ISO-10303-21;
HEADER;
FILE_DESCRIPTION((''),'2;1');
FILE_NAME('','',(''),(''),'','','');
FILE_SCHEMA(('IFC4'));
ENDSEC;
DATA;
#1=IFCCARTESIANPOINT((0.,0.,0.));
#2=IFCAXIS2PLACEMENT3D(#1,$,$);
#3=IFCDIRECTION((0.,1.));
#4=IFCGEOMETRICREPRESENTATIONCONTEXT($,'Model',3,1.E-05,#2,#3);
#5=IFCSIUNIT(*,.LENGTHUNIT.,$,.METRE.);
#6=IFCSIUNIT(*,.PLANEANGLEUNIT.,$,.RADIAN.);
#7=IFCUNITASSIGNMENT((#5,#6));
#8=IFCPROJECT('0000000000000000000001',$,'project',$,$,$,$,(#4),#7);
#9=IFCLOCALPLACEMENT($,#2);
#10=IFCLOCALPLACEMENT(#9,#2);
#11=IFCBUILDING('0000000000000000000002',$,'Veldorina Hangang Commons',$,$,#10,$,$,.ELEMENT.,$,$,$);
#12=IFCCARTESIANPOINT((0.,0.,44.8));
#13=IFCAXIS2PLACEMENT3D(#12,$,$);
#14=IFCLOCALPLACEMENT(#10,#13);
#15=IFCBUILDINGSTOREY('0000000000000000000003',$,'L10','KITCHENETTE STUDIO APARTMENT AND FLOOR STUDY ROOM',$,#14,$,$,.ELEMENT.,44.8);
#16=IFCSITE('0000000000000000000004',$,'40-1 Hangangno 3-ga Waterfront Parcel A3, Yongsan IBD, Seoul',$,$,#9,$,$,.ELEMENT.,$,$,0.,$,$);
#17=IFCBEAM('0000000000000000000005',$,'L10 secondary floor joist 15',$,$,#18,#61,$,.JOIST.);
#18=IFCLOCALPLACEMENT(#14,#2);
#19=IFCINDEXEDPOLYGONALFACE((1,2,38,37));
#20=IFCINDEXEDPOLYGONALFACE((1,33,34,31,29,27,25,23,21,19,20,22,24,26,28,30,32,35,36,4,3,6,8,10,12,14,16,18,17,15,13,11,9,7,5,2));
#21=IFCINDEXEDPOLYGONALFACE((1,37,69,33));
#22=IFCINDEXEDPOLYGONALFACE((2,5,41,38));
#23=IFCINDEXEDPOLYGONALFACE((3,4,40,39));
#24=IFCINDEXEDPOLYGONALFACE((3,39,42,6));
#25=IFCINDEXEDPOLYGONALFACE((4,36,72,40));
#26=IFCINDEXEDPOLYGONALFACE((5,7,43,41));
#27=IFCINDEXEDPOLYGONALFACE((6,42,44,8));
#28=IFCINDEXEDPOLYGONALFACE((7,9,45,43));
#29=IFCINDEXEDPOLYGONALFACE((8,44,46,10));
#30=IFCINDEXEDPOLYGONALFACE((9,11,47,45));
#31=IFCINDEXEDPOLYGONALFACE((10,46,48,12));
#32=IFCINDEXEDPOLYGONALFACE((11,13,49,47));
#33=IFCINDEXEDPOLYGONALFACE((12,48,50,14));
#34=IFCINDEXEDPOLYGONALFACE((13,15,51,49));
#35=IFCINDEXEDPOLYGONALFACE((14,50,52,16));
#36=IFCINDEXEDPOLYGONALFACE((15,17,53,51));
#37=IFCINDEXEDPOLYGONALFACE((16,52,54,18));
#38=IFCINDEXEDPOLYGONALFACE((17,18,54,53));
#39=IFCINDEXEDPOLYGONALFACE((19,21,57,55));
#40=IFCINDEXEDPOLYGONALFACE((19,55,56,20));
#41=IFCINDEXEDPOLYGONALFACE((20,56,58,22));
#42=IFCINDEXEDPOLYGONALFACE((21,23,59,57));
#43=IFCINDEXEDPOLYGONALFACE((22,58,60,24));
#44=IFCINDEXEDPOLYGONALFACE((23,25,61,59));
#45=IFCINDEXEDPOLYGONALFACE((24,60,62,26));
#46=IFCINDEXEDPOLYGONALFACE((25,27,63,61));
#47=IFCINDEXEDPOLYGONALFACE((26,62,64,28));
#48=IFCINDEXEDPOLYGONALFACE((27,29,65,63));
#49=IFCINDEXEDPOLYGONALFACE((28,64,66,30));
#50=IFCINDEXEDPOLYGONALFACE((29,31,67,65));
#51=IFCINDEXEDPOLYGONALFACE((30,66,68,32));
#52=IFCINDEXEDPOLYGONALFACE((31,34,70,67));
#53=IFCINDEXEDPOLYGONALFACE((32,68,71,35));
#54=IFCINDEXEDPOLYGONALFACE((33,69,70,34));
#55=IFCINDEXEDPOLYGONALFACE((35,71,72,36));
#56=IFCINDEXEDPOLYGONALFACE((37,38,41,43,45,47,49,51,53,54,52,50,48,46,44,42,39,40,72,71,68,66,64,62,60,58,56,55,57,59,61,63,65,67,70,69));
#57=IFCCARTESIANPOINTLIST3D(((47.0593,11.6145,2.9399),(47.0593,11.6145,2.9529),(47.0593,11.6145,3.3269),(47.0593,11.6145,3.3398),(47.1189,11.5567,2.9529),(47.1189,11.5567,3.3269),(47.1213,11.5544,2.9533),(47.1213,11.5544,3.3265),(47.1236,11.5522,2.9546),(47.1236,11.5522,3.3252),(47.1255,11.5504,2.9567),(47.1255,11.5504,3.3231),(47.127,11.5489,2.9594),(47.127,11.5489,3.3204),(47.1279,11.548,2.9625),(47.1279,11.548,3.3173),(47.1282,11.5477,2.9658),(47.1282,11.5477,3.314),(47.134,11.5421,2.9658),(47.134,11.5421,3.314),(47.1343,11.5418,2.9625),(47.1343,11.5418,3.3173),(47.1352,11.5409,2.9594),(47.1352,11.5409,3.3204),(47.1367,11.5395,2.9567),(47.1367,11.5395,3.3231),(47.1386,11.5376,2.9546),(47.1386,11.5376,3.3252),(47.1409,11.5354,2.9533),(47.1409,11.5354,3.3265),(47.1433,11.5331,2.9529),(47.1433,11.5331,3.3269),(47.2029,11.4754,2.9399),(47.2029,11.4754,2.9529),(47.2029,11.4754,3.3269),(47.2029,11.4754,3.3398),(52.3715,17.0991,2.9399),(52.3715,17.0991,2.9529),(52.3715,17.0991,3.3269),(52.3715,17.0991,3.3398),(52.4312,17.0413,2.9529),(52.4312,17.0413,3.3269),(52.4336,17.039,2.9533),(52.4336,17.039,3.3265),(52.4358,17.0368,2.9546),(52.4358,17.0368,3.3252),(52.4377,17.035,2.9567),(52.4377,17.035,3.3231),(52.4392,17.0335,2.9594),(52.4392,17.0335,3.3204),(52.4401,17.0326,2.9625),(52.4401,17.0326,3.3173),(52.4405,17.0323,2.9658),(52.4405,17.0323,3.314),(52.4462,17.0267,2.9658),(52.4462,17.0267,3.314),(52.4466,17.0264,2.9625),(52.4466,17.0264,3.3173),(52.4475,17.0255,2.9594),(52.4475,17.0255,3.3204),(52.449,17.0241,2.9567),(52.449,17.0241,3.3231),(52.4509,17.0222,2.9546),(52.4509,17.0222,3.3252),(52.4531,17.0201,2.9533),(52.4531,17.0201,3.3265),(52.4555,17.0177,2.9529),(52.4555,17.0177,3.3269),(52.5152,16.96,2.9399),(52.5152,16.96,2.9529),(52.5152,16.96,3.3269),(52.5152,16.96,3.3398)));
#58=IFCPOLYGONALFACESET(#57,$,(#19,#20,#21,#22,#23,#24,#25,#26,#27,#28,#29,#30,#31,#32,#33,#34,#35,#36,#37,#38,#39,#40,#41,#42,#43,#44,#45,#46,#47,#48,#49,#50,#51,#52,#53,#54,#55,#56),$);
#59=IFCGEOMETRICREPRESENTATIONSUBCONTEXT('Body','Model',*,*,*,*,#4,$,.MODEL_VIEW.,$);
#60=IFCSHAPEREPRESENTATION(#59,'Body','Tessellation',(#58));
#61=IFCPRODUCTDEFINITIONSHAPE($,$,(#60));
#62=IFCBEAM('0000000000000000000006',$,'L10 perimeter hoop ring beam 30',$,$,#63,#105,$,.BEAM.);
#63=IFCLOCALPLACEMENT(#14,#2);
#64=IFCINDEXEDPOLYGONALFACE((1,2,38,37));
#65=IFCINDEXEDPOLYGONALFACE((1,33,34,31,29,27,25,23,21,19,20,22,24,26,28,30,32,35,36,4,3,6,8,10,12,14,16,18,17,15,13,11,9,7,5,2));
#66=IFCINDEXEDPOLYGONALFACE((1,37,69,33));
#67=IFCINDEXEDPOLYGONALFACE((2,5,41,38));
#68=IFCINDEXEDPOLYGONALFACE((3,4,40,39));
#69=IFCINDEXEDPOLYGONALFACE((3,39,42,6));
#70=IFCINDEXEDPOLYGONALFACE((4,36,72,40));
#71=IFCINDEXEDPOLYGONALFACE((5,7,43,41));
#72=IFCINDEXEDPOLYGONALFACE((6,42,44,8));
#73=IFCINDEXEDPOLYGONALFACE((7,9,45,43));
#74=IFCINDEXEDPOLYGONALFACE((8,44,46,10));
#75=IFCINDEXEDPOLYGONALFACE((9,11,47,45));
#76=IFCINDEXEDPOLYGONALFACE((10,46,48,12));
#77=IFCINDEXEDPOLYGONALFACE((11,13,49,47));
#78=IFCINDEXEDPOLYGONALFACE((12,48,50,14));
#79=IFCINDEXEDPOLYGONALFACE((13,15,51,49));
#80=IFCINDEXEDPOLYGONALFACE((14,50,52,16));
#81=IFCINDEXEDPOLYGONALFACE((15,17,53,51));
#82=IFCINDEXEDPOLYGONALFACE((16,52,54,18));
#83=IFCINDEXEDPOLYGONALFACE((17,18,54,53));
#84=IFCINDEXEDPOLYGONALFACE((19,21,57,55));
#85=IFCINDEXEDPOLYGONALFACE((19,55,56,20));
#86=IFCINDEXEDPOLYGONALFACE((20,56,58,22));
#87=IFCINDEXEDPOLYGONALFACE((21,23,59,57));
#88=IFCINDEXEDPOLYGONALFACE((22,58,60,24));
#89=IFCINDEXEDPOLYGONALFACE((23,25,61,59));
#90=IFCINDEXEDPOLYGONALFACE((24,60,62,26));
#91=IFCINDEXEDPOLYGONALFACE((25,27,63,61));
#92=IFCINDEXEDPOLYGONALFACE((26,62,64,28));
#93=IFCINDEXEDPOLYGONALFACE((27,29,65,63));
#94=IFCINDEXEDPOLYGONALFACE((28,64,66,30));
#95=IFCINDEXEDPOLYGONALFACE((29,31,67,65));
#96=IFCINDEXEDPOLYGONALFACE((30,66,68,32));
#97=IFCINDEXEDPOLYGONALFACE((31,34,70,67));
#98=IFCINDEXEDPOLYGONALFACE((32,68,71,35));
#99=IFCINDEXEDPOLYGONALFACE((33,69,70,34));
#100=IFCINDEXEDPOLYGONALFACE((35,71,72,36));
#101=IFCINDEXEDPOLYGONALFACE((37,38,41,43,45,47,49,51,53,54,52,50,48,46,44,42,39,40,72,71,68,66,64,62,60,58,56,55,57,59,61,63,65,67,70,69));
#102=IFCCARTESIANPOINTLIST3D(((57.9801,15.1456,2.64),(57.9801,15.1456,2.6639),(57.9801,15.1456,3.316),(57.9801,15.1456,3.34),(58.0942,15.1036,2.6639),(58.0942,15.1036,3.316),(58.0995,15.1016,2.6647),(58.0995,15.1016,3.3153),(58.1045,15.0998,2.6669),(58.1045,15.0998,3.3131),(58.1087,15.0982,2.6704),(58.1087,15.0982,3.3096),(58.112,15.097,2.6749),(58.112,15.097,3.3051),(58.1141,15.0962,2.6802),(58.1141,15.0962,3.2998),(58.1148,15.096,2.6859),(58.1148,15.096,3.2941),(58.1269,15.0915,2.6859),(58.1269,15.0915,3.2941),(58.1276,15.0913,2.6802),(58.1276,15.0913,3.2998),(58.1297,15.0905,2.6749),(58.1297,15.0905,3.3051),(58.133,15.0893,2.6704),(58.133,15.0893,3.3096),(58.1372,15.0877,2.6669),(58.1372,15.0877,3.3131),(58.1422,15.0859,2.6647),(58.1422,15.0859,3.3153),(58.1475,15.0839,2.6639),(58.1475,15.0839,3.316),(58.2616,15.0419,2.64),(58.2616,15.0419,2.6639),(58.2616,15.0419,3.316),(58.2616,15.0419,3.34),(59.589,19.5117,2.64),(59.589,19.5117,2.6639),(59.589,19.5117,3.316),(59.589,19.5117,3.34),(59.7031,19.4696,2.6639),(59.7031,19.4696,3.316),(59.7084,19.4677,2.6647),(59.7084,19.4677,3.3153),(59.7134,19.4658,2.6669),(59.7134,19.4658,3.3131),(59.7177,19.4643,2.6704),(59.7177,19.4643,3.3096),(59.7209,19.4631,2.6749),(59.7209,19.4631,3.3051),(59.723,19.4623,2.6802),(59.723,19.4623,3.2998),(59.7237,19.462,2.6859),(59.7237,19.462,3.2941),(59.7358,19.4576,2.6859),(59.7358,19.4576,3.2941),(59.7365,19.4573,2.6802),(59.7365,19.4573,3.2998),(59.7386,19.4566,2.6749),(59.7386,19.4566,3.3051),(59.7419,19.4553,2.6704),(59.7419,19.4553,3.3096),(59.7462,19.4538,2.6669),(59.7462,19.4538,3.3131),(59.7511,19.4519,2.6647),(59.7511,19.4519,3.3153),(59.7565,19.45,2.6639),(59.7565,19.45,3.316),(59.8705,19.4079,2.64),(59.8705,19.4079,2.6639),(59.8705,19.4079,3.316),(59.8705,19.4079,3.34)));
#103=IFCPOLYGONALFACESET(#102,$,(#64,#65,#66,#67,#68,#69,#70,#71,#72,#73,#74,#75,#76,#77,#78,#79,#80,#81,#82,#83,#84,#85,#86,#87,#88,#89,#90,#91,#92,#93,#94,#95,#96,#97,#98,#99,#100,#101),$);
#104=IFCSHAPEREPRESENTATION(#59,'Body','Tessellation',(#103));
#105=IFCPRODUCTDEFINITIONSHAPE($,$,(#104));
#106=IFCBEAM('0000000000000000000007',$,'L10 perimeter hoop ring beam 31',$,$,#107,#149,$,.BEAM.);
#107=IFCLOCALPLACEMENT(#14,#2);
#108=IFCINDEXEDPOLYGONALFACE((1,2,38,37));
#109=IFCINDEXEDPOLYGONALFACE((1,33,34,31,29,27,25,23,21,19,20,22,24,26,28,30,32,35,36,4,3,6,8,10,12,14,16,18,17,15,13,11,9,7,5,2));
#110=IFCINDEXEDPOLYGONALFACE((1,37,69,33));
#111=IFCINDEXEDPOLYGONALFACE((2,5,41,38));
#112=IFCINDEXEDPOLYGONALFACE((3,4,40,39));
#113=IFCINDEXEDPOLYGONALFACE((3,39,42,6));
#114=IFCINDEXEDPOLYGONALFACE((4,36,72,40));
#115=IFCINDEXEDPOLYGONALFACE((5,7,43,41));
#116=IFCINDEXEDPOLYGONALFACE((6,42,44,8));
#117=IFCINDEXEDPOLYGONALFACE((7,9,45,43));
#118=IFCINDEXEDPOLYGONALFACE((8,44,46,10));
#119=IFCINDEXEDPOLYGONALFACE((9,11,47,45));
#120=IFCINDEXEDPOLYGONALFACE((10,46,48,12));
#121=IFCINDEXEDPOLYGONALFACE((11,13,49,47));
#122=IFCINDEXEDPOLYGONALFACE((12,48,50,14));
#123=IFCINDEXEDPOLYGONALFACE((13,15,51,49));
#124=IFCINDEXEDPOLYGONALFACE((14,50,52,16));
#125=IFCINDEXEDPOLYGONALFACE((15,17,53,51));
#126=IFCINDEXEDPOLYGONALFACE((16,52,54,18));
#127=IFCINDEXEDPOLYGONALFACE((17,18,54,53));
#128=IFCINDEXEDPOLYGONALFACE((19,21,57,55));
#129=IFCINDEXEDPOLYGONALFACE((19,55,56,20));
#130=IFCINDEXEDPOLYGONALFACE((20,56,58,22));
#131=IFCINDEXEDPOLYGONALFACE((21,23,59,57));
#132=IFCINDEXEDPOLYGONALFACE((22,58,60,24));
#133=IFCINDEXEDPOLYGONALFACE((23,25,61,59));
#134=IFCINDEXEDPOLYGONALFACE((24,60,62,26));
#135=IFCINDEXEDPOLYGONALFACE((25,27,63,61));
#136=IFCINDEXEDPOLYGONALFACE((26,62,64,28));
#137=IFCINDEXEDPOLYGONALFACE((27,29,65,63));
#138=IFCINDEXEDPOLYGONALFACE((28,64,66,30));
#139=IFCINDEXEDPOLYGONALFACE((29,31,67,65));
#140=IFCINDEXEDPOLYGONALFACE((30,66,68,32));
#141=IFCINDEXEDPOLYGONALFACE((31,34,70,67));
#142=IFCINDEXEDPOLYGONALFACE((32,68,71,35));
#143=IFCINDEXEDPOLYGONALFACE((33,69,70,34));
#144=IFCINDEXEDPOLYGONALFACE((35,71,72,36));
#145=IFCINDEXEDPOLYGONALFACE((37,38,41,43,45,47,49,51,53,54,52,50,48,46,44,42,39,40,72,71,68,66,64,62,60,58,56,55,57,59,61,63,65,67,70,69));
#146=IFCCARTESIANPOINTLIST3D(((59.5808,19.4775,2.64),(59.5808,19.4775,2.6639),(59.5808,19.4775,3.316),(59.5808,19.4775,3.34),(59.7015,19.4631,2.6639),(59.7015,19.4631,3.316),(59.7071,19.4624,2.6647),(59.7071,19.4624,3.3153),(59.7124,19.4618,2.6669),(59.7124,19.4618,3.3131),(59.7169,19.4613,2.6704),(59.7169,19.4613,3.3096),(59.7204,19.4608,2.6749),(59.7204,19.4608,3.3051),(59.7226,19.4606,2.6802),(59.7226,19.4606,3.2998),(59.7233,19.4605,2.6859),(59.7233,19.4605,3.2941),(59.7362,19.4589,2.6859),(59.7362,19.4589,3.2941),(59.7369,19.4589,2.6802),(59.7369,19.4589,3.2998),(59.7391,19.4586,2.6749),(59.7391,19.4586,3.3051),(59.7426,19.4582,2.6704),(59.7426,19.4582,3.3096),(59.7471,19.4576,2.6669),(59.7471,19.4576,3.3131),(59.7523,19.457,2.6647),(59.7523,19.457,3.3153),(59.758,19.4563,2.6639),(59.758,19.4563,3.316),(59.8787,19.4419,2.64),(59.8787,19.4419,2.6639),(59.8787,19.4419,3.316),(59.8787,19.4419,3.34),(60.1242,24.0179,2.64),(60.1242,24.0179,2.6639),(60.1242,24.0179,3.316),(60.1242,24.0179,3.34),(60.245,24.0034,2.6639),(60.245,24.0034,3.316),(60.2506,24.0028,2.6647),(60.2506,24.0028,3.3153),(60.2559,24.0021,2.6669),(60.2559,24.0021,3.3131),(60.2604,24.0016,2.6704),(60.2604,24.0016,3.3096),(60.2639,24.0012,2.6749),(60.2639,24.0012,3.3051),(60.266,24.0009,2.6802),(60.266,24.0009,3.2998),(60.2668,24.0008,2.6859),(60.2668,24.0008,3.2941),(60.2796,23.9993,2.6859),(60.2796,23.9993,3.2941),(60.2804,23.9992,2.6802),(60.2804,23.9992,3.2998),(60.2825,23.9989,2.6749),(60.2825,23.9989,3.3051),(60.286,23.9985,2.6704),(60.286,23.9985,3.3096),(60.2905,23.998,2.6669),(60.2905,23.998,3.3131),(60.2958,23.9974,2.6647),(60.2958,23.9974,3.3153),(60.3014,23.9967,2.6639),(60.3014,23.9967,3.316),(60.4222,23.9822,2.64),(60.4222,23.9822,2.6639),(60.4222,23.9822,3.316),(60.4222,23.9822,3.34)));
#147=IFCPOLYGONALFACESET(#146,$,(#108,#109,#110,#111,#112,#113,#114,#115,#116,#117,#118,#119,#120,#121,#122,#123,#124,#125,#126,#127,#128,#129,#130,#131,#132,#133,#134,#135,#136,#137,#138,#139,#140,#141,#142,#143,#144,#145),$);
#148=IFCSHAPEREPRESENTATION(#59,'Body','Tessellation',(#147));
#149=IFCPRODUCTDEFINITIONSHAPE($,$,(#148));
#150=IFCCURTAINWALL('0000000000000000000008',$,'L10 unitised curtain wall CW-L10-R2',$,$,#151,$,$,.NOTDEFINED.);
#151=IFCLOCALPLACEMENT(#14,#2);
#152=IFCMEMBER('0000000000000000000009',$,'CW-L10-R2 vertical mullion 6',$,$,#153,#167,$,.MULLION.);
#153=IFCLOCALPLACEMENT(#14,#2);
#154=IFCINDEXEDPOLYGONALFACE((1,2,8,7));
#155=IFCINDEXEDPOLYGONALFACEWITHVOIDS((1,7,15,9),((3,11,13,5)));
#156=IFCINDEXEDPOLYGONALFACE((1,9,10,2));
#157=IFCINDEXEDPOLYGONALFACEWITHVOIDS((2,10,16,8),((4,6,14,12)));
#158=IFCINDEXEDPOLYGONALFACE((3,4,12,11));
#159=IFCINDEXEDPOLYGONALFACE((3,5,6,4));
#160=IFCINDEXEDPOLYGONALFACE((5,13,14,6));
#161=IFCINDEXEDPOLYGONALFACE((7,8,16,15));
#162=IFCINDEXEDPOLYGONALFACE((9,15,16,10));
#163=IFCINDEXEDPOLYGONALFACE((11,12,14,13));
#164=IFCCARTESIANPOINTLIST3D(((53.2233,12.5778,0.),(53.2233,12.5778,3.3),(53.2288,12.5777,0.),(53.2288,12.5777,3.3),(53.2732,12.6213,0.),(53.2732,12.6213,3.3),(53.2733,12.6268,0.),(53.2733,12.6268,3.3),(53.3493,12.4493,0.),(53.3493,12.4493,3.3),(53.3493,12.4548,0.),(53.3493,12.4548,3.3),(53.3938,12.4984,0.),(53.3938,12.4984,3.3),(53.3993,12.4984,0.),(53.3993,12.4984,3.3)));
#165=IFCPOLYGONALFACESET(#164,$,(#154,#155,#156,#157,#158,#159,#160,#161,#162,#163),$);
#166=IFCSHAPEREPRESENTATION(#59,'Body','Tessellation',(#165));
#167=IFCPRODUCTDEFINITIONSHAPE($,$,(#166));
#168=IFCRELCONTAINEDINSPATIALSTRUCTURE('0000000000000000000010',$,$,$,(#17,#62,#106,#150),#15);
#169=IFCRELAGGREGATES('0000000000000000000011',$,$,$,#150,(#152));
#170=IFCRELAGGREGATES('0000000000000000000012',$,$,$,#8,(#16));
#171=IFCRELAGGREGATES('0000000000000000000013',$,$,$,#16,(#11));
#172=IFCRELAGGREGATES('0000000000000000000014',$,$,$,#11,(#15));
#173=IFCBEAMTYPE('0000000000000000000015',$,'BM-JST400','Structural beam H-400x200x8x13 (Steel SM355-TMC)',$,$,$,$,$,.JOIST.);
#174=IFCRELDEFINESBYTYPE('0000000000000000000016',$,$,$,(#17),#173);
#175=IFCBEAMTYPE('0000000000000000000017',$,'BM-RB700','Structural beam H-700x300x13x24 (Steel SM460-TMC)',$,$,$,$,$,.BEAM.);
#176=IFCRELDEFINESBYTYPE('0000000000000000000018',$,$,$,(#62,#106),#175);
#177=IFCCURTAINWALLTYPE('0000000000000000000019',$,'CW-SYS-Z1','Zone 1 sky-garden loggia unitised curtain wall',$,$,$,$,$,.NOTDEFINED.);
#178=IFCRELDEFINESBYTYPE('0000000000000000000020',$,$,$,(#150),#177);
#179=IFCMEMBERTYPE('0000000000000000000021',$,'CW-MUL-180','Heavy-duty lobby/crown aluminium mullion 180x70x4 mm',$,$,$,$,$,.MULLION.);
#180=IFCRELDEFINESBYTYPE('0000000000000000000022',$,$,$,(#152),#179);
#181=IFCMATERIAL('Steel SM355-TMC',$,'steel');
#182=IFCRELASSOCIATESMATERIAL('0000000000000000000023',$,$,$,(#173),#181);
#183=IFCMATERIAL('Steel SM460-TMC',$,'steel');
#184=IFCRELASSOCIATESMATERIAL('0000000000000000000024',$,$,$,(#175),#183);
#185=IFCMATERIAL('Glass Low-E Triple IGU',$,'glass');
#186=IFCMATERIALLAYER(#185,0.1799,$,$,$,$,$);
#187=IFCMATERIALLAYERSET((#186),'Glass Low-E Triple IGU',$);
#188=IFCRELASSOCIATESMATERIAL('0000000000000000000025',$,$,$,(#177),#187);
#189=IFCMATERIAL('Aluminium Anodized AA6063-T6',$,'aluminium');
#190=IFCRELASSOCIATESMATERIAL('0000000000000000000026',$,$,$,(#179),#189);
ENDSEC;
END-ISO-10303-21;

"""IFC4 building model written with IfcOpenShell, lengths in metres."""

from ifc_helpers import new_model, si_unit, direction, frame, origin, origin_2d, place, context, subcontext, project, spatial, hollow_rectangle, i_section, extrude, material, layer, layer_set, material_profile, profile_set, type_object, element, aggregate, save


model = new_model("IFC4")

# Units and contexts
model_context = context("Model", 3, precision=1e-05, world=origin(), true_north=direction((0.0, 1.0)))
body_context = subcontext(model_context, "Body", "Model", "MODEL_VIEW")
ifc_project = project(units=[si_unit("LENGTHUNIT", "METRE"), si_unit("PLANEANGLEUNIT", "RADIAN")], contexts=[model_context])

# Site, building, storey
site_placement = place(None, origin())
site = spatial("IfcSite", under=ifc_project, at=site_placement, Name="40-1 Hangangno 3-ga Waterfront Parcel A3, Yongsan IBD, Seoul", CompositionType="ELEMENT", RefElevation=0.0)
building_placement = place(site_placement, origin())
building = spatial("IfcBuilding", under=site, at=building_placement, Name="Veldorina Hangang Commons", CompositionType="ELEMENT")
storey_placement = place(building_placement, frame((0.0, 0.0, 44.8)))
storey = spatial("IfcBuildingStorey", under=building, at=storey_placement, Name="L10", Description="KITCHENETTE STUDIO APARTMENT AND FLOOR STUDY ROOM", CompositionType="ELEMENT", Elevation=44.8)

# Beams
ifc_material_1 = material(Name="Steel SM355-TMC", Category="steel")
ifc_material_profile_1 = material_profile(ifc_material_1, i_section(OverallWidth=0.2, OverallDepth=0.3999, WebThickness=0.0081, FlangeThickness=0.0129, FilletRadius=0.0129, at=origin_2d()), Name="H-400x200x8x13")
ifc_profile_set_1 = profile_set([ifc_material_profile_1], Name="Steel SM355-TMC")
beam_type_1 = type_object("IfcBeamType", Name="BM-JST400", Description="Structural beam H-400x200x8x13 (Steel SM355-TMC)", PredefinedType="JOIST", material=ifc_profile_set_1)
beam_1_placement = place(storey_placement, frame((47.1311, 11.5449, 3.1399), z_axis=(0.69573, 0.718304, 0.0), x_axis=(-0.718304, 0.69573, 0.0)))
element("IfcBeam", 1, at=beam_1_placement, inside=storey, type_object=beam_type_1, Name="L10 secondary floor joist 15", PredefinedType="JOIST", context=body_context, shape_type="SweptSolid", body=[
    extrude(i_section(OverallWidth=0.2, OverallDepth=0.3999, WebThickness=0.0081, FlangeThickness=0.0129, FilletRadius=0.0129, at=origin_2d()), origin(), (0.0, 0.0, 1.0), 7.6355),
])
ifc_material_2 = material(Name="Steel SM460-TMC", Category="steel")
ifc_material_profile_2 = material_profile(ifc_material_2, i_section(OverallWidth=0.3, OverallDepth=0.7, WebThickness=0.0129, FlangeThickness=0.0239, FilletRadius=0.022, at=origin_2d()), Name="H-700x300x13x24")
ifc_profile_set_2 = profile_set([ifc_material_profile_2], Name="Steel SM460-TMC")
beam_type_2 = type_object("IfcBeamType", Name="BM-RB700", Description="Structural beam H-700x300x13x24 (Steel SM460-TMC)", PredefinedType="BEAM", material=ifc_profile_set_2)
beam_2_placement = place(storey_placement, frame((58.1208, 15.0938, 2.99), z_axis=(0.345776, 0.938317, 0.0), x_axis=(-0.938317, 0.345776, 0.0)))
element("IfcBeam", 2, at=beam_2_placement, inside=storey, type_object=beam_type_2, Name="L10 perimeter hoop ring beam 30", PredefinedType="BEAM", context=body_context, shape_type="SweptSolid", body=[
    extrude(i_section(OverallWidth=0.3, OverallDepth=0.7, WebThickness=0.0129, FlangeThickness=0.0239, FilletRadius=0.022, at=origin_2d()), origin(), (0.0, 0.0, 1.0), 4.6531),
])
beam_3_placement = place(storey_placement, frame((59.7297, 19.4597, 2.99), z_axis=(0.118848, 0.992912, 0.0), x_axis=(-0.992912, 0.118848, 0.0)))
element("IfcBeam", 3, at=beam_3_placement, inside=storey, type_object=beam_type_2, Name="L10 perimeter hoop ring beam 31", PredefinedType="BEAM", context=body_context, shape_type="SweptSolid", body=[
    extrude(i_section(OverallWidth=0.3, OverallDepth=0.7, WebThickness=0.0129, FlangeThickness=0.0239, FilletRadius=0.022, at=origin_2d()), origin(), (0.0, 0.0, 1.0), 4.5728),
])

# Curtain wall, member
ifc_material_3 = material(Name="Glass Low-E Triple IGU", Category="glass")
ifc_layer_1 = layer(ifc_material_3, 0.1799)
ifc_layer_set_1 = layer_set([ifc_layer_1], Name="Glass Low-E Triple IGU")
curtain_wall_type = type_object("IfcCurtainWallType", Name="CW-SYS-Z1", Description="Zone 1 sky-garden loggia unitised curtain wall", PredefinedType="NOTDEFINED", material=ifc_layer_set_1)
curtain_wall_placement = place(storey_placement, origin())
curtain_wall = element("IfcCurtainWall", 4, at=curtain_wall_placement, inside=storey, type_object=curtain_wall_type, Name="L10 unitised curtain wall CW-L10-R2", PredefinedType="NOTDEFINED")
ifc_material_4 = material(Name="Aluminium Anodized AA6063-T6", Category="aluminium")
ifc_material_profile_3 = material_profile(ifc_material_4, hollow_rectangle(XDim=0.0701, YDim=0.1799, WallThickness=0.0039, at=origin_2d()), Name="ALU-RHS-180x70x4")
ifc_profile_set_3 = profile_set([ifc_material_profile_3], Name="Aluminium Anodized AA6063-T6")
member_type_1 = type_object("IfcMemberType", Name="CW-MUL-180", Description="Heavy-duty lobby/crown aluminium mullion 180x70x4 mm", PredefinedType="MULLION", material=ifc_profile_set_3)
member_1_placement = place(storey_placement, frame((53.3113, 12.5381, 0.0), z_axis=(0.0, 0.0, 1.0), x_axis=(-0.713923, -0.700224, 0.0)))
member_1 = element("IfcMember", 5, at=member_1_placement, type_object=member_type_1, Name="CW-L10-R2 vertical mullion 6", PredefinedType="MULLION", context=body_context, shape_type="SweptSolid", body=[
    extrude(hollow_rectangle(XDim=0.0701, YDim=0.1799, WallThickness=0.0039, at=origin_2d()), origin(), (0.0, 0.0, 1.0), 3.3),
])
aggregate(curtain_wall, [member_1])

save(model, "model.ifc")
